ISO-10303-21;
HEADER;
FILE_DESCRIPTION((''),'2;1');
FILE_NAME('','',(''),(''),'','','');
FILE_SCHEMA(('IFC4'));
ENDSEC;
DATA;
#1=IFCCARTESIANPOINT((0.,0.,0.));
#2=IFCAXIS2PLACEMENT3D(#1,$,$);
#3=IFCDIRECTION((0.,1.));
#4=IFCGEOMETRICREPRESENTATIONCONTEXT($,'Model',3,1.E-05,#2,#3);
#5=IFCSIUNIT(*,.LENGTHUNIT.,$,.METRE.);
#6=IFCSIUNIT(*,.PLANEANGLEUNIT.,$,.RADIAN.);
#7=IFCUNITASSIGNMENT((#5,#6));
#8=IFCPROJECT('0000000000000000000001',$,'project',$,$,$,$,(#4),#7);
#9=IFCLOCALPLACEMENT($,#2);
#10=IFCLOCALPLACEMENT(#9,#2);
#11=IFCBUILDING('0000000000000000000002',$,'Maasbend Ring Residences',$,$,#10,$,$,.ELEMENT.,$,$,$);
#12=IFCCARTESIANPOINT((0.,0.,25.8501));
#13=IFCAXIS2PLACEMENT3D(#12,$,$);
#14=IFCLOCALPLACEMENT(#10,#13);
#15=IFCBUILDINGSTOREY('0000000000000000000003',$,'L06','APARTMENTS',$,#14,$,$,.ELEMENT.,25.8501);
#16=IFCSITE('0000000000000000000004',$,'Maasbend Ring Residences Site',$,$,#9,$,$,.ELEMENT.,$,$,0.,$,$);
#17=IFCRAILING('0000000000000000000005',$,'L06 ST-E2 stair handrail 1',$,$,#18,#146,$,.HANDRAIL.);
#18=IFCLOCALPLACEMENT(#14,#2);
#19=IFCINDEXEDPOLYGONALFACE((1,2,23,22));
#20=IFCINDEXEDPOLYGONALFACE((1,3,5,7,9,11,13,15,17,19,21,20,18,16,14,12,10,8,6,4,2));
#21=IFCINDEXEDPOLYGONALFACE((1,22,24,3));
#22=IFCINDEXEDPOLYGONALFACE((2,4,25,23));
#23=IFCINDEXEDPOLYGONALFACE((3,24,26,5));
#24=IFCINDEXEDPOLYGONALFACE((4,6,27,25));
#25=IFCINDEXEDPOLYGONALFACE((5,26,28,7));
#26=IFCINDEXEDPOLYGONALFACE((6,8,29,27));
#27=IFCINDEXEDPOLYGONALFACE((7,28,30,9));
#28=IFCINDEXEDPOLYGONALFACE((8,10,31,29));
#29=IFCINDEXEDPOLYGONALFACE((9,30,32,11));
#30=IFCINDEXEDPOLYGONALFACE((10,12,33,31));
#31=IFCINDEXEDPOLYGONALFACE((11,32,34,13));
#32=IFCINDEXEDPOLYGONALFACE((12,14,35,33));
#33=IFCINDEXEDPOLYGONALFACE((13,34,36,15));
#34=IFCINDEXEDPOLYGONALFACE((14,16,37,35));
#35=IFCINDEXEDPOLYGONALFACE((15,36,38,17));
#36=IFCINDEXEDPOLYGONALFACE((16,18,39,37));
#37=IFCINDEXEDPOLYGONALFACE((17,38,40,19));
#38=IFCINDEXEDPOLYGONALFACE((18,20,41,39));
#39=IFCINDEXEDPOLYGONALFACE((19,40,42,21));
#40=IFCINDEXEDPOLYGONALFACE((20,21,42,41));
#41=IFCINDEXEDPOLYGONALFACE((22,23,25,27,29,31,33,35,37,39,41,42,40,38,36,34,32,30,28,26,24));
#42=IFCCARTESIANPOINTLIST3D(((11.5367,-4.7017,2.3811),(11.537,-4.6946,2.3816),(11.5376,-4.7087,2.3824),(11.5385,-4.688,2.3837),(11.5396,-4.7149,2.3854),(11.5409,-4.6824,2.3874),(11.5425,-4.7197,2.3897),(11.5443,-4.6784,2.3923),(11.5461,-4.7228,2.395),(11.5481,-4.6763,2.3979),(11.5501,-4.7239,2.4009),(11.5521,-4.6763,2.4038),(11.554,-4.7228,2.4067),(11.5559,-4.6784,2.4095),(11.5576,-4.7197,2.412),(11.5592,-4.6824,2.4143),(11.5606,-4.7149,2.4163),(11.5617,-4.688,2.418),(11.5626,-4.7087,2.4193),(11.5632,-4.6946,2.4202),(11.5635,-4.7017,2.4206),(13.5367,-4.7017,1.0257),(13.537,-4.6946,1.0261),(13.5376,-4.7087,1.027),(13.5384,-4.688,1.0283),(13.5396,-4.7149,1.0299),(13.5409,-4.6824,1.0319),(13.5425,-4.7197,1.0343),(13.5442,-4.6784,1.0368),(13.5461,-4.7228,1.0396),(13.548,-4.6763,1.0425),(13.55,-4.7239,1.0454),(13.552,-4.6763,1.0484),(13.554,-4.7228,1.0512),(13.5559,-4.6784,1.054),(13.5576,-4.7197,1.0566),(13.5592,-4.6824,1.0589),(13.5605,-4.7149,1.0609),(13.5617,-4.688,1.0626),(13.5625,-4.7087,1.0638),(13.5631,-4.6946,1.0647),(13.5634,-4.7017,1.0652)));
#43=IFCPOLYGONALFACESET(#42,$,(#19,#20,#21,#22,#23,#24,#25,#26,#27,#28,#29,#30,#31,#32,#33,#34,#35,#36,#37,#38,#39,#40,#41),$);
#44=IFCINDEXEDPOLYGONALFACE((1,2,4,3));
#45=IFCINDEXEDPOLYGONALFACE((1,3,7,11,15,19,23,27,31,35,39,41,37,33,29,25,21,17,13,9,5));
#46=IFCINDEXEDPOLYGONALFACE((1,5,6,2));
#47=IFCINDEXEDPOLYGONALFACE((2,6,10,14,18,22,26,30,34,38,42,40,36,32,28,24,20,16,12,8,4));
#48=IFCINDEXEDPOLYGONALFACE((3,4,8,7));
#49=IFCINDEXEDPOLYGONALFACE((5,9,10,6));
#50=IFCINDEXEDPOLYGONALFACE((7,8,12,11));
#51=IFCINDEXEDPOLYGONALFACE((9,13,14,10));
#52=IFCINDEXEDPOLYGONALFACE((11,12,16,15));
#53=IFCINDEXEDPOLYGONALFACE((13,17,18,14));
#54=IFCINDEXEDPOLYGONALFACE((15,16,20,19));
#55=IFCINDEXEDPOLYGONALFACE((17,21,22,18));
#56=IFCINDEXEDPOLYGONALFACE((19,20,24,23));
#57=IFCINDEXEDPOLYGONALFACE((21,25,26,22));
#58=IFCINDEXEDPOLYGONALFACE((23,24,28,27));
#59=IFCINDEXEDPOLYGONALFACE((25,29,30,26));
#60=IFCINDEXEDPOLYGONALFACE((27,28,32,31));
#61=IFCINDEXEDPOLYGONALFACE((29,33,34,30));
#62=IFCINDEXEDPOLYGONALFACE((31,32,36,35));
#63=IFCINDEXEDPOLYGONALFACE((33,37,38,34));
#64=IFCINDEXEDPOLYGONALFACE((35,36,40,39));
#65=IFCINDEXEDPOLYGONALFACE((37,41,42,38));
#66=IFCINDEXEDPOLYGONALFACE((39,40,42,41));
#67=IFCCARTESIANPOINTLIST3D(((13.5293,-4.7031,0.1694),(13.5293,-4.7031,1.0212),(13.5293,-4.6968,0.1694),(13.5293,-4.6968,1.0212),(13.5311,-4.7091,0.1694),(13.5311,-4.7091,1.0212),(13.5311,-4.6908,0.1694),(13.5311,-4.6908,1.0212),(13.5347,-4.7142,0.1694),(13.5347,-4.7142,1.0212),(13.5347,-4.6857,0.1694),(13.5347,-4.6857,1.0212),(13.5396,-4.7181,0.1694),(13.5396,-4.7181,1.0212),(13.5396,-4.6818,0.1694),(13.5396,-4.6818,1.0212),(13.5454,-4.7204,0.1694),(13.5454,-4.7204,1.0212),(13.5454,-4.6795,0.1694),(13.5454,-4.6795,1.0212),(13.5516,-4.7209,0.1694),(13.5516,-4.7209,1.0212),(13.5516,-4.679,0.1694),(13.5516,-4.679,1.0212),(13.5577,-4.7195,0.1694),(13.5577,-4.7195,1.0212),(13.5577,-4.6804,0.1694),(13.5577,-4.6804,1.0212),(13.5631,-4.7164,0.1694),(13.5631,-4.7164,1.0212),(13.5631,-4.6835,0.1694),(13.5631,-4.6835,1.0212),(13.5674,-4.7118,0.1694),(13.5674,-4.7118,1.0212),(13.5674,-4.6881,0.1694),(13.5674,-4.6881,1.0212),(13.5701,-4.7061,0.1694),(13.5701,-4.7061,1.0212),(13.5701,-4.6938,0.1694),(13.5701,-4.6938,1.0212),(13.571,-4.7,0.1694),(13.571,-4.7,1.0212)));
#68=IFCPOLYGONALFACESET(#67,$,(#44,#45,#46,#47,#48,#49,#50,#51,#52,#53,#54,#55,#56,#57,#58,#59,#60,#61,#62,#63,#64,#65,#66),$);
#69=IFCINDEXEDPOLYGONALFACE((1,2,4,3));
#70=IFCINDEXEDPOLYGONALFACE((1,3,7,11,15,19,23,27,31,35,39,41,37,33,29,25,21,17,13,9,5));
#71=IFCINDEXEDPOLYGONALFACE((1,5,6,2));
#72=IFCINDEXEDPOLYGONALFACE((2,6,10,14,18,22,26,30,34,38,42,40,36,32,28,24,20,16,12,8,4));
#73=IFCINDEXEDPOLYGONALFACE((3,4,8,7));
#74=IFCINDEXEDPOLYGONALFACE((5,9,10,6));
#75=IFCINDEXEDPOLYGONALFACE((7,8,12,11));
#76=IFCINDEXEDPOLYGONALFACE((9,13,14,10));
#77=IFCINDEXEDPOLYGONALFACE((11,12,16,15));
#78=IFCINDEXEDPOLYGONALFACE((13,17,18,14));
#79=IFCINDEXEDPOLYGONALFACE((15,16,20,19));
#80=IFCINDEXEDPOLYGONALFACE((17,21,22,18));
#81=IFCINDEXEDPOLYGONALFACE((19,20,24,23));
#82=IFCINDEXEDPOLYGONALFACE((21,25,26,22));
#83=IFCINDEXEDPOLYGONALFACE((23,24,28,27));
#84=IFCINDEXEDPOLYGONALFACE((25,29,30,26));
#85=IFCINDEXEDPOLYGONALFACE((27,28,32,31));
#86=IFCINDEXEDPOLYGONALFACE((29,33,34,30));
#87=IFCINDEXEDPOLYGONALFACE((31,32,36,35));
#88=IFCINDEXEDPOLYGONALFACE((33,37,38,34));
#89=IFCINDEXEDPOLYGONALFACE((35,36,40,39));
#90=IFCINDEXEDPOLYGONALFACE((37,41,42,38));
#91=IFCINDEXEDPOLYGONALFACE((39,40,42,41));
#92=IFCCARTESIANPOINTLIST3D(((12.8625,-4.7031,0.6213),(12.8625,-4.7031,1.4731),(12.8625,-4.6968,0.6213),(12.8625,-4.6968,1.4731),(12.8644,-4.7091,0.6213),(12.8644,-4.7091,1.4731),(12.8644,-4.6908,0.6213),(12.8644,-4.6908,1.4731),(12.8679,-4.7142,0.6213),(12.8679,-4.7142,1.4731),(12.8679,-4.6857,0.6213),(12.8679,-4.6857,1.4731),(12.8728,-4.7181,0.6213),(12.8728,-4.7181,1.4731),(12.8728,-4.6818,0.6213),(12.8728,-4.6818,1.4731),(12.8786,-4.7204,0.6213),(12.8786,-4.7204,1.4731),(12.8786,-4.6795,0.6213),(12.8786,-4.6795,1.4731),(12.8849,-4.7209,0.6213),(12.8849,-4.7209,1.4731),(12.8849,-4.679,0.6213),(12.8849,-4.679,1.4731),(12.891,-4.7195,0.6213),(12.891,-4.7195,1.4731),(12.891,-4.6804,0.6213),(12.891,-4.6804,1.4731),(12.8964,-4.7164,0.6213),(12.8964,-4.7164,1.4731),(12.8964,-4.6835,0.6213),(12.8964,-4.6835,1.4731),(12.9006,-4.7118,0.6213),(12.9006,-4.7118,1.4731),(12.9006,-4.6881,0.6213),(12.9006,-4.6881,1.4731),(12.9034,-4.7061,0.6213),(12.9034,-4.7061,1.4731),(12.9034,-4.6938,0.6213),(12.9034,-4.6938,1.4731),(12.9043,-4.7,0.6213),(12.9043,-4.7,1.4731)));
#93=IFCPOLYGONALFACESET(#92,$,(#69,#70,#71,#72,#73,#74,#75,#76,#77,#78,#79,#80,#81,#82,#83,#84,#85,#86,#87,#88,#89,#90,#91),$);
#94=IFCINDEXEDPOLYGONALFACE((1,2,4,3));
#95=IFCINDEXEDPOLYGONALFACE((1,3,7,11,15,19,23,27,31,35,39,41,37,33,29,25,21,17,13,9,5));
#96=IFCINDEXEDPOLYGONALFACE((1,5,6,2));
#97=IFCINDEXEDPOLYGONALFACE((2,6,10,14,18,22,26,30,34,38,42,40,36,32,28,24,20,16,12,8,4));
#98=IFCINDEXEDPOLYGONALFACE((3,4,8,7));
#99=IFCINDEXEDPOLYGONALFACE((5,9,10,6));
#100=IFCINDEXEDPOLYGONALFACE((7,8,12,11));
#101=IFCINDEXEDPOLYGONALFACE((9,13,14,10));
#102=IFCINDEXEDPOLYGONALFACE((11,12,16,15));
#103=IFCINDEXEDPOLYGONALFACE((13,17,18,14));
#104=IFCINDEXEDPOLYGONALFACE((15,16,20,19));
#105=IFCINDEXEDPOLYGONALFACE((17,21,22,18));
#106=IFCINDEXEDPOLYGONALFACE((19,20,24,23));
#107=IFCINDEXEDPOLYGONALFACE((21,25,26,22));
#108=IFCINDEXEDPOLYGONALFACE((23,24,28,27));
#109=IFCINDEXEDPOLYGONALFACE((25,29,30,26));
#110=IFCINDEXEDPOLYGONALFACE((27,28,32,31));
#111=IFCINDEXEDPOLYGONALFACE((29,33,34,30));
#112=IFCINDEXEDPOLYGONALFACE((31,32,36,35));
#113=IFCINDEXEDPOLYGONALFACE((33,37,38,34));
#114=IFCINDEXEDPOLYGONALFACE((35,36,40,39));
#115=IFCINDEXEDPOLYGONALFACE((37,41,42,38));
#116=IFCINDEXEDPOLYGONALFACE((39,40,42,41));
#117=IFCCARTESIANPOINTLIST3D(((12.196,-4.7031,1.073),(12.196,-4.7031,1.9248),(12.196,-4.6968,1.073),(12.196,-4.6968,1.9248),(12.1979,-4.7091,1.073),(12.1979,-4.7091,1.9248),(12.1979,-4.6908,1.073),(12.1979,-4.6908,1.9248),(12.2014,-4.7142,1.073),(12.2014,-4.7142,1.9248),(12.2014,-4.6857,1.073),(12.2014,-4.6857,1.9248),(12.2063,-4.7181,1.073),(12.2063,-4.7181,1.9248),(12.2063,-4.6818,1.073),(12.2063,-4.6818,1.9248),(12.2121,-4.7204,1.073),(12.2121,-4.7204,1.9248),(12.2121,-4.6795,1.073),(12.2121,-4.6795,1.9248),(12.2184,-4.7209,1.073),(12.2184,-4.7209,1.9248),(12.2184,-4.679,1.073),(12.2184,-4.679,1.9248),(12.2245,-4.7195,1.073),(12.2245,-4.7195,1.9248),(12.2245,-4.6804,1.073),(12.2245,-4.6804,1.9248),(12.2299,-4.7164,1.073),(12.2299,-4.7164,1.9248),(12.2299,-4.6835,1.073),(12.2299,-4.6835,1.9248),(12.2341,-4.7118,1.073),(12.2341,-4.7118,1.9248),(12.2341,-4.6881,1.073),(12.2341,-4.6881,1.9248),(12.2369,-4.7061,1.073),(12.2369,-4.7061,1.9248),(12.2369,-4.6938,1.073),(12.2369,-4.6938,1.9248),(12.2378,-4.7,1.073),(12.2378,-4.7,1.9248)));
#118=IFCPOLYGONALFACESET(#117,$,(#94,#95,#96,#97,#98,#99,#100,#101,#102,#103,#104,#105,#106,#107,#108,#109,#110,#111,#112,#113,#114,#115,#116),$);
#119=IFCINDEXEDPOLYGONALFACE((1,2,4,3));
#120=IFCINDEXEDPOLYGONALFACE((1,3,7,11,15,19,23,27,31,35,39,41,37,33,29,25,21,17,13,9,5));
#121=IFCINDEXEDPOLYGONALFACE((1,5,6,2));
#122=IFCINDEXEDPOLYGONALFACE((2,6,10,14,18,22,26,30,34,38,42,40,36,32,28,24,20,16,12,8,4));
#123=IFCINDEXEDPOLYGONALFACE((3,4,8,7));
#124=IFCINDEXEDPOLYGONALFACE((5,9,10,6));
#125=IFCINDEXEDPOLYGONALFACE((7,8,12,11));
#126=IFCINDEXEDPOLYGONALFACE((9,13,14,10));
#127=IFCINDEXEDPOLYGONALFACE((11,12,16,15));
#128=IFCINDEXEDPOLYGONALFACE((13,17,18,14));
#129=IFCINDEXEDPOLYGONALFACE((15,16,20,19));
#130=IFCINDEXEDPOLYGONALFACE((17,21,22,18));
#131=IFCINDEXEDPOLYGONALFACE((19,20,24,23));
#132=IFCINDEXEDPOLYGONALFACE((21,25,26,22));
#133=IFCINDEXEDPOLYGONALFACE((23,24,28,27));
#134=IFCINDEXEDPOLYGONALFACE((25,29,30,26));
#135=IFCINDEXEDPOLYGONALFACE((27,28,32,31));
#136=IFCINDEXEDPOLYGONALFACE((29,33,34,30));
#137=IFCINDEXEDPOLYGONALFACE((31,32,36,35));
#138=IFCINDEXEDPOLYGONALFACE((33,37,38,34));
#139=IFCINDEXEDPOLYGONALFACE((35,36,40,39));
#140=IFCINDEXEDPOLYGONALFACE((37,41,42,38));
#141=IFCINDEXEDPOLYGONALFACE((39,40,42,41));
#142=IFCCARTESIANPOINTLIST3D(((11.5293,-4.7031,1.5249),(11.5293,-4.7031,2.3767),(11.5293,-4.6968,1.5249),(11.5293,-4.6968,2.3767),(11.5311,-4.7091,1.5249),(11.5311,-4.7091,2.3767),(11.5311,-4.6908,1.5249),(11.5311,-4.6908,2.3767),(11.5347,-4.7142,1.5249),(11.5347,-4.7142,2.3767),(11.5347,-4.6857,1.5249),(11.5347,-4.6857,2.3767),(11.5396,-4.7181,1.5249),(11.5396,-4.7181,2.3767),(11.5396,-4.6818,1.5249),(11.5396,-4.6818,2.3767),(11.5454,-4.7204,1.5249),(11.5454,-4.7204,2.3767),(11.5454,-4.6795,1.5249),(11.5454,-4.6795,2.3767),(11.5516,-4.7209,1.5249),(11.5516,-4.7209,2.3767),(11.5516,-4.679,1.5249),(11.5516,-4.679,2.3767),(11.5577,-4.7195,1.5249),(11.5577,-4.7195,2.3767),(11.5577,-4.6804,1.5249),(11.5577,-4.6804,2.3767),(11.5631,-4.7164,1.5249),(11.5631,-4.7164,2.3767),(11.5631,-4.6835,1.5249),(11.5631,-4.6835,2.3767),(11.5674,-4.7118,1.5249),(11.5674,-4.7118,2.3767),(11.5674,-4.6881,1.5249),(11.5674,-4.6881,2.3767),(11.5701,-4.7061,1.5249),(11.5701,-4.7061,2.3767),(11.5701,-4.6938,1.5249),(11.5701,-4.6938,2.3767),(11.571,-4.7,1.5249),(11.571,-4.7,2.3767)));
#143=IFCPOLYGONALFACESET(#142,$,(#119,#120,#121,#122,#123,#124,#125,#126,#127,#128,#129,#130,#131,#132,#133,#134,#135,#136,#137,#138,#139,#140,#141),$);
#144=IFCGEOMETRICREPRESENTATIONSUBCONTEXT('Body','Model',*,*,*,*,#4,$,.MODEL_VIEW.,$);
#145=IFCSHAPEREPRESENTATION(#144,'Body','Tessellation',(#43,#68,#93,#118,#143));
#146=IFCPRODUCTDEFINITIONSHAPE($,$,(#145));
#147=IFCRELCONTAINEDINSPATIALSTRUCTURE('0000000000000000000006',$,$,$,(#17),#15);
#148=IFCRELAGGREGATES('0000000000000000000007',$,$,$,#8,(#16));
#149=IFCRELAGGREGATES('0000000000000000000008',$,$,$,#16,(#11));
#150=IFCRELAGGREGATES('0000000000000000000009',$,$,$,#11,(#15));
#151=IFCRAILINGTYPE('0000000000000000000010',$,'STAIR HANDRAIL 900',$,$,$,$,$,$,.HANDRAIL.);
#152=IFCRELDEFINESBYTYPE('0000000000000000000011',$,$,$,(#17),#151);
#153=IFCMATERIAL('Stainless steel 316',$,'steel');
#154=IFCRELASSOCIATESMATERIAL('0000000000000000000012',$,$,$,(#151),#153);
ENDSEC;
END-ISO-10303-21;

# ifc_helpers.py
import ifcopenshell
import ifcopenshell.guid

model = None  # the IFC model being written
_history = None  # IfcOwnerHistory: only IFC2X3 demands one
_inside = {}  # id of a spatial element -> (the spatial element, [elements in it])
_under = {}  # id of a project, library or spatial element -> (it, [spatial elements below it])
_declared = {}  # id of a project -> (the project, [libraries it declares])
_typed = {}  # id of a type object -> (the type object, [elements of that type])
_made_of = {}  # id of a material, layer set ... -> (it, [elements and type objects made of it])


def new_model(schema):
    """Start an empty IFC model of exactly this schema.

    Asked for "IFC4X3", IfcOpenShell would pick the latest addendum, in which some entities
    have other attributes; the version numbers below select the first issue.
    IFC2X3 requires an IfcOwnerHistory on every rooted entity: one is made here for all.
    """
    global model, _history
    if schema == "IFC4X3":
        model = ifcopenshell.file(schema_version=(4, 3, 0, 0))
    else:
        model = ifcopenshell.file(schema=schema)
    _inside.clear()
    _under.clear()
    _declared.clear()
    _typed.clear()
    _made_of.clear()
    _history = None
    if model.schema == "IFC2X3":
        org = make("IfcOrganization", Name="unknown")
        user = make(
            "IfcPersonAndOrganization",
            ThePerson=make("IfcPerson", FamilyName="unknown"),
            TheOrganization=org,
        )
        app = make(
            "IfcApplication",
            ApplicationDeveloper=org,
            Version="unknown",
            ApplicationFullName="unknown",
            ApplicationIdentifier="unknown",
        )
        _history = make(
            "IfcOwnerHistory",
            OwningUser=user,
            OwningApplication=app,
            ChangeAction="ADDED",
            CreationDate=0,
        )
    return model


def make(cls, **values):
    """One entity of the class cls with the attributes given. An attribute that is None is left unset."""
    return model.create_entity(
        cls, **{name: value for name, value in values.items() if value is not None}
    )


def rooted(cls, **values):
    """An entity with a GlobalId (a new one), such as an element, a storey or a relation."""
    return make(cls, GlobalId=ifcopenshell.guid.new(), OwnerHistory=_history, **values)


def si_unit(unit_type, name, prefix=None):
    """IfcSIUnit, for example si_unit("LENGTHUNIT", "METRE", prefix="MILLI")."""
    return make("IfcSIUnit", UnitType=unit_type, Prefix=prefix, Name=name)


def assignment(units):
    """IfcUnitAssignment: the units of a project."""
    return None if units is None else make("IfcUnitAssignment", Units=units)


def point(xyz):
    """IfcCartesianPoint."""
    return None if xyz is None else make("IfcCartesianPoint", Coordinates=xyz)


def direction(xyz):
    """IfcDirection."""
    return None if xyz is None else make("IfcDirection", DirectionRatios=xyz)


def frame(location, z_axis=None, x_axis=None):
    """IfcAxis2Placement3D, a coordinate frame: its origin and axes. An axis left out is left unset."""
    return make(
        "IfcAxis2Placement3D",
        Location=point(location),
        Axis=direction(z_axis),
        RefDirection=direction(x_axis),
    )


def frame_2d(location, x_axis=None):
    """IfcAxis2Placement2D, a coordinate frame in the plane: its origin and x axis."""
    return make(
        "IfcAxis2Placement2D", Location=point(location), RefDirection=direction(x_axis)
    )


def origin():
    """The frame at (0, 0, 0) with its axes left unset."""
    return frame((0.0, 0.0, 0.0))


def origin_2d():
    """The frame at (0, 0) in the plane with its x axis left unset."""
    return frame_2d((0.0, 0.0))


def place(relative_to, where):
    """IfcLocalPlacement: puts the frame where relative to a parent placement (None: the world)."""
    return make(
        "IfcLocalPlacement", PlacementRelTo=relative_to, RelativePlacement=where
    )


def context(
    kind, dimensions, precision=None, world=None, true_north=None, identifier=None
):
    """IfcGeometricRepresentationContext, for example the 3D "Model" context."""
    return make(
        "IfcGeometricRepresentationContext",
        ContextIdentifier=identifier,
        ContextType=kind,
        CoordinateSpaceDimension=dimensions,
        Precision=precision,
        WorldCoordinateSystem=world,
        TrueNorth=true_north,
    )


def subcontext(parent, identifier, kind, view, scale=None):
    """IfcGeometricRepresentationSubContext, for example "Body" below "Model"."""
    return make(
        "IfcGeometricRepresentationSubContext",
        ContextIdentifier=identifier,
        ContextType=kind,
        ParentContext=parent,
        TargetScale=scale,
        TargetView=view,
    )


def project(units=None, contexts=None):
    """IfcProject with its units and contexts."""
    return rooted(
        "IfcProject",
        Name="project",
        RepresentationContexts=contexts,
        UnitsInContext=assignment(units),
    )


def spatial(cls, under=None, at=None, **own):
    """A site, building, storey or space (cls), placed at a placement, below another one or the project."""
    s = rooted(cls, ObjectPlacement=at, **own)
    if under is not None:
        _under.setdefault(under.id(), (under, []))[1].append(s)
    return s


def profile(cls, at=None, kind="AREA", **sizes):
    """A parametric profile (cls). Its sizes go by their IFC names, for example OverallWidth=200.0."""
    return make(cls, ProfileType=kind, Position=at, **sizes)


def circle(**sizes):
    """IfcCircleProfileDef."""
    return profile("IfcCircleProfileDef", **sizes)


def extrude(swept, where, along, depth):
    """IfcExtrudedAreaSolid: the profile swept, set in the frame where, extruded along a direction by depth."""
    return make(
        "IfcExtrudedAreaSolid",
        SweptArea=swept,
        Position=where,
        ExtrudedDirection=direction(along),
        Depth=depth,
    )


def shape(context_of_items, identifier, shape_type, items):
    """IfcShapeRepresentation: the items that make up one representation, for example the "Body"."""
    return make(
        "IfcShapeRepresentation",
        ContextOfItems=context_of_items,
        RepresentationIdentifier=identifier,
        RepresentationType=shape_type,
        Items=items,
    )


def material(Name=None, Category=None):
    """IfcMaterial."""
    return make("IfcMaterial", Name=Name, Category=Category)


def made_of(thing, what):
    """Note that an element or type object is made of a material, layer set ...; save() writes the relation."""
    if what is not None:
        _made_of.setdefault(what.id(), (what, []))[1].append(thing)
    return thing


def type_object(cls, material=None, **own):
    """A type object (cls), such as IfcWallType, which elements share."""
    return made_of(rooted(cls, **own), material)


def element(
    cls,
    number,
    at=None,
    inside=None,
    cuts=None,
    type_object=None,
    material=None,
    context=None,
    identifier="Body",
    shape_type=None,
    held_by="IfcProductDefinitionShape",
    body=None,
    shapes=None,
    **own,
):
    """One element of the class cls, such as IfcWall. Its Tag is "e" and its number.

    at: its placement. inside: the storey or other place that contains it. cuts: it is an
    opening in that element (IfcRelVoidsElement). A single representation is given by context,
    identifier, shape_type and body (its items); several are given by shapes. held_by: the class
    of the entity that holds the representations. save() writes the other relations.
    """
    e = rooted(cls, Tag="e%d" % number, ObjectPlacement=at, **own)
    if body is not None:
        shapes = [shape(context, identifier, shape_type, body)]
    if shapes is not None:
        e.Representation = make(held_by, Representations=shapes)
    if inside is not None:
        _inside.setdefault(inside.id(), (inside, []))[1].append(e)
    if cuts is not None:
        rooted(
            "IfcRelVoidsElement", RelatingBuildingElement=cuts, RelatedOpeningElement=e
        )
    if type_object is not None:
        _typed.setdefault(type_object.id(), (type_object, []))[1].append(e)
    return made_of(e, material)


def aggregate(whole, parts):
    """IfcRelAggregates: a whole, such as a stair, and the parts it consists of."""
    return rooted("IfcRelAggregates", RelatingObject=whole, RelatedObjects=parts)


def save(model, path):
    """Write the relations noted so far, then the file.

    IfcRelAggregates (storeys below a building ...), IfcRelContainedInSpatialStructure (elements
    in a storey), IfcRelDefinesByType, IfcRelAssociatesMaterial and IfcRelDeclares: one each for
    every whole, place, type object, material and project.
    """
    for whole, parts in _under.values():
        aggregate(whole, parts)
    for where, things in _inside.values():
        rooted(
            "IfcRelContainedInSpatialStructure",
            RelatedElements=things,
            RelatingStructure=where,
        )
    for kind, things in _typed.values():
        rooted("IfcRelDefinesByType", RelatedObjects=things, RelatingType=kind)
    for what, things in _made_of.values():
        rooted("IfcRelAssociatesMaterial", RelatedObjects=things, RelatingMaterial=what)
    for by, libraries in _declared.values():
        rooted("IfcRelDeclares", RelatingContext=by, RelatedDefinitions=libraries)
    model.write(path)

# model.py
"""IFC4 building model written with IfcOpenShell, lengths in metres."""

from ifc_helpers import new_model, si_unit, direction, frame, origin, origin_2d, place, context, subcontext, project, spatial, circle, extrude, material, type_object, element, save


model = new_model("IFC4")

# Units and contexts
model_context = context("Model", 3, precision=1e-05, world=origin(), true_north=direction((0.0, 1.0)))
body_context = subcontext(model_context, "Body", "Model", "MODEL_VIEW")
ifc_project = project(units=[si_unit("LENGTHUNIT", "METRE"), si_unit("PLANEANGLEUNIT", "RADIAN")], contexts=[model_context])

# Site, building, storey
site_placement = place(None, origin())
site = spatial("IfcSite", under=ifc_project, at=site_placement, Name="Maasbend Ring Residences Site", CompositionType="ELEMENT", RefElevation=0.0)
building_placement = place(site_placement, origin())
building = spatial("IfcBuilding", under=site, at=building_placement, Name="Maasbend Ring Residences", CompositionType="ELEMENT")
storey_placement = place(building_placement, frame((0.0, 0.0, 25.8501)))
storey = spatial("IfcBuildingStorey", under=building, at=storey_placement, Name="L06", Description="APARTMENTS", CompositionType="ELEMENT", Elevation=25.8501)

# Railing
ifc_material_1 = material(Name="Stainless steel 316", Category="steel")
railing_type_1 = type_object("IfcRailingType", Name="STAIR HANDRAIL 900", PredefinedType="HANDRAIL", material=ifc_material_1)
railing_1_placement = place(storey_placement, frame((13.55, -4.7, 0.1694)))
element("IfcRailing", 1, at=railing_1_placement, inside=storey, type_object=railing_type_1, Name="L06 ST-E2 stair handrail 1", PredefinedType="HANDRAIL", context=body_context, shape_type="SweptSolid", body=[
    extrude(circle(Radius=0.0239, at=origin_2d()), frame((0.0, 0.0, 0.876), z_axis=(-0.827798, 0.0, 0.561027), x_axis=(0.0, -1.0, 0.0)), (0.0, 0.0, 1.0), 2.416),
    extrude(circle(Radius=0.021, at=origin_2d()), origin(), (0.0, 0.0, 1.0), 0.8518),
    extrude(circle(Radius=0.021, at=origin_2d()), frame((-0.6667, 0.0, 0.4519)), (0.0, 0.0, 1.0), 0.8518),
    extrude(circle(Radius=0.021, at=origin_2d()), frame((-1.3333, 0.0, 0.9036)), (0.0, 0.0, 1.0), 0.8518),
    extrude(circle(Radius=0.021, at=origin_2d()), frame((-2.0, 0.0, 1.3555)), (0.0, 0.0, 1.0), 0.8518),
])

save(model, "model.ifc")
